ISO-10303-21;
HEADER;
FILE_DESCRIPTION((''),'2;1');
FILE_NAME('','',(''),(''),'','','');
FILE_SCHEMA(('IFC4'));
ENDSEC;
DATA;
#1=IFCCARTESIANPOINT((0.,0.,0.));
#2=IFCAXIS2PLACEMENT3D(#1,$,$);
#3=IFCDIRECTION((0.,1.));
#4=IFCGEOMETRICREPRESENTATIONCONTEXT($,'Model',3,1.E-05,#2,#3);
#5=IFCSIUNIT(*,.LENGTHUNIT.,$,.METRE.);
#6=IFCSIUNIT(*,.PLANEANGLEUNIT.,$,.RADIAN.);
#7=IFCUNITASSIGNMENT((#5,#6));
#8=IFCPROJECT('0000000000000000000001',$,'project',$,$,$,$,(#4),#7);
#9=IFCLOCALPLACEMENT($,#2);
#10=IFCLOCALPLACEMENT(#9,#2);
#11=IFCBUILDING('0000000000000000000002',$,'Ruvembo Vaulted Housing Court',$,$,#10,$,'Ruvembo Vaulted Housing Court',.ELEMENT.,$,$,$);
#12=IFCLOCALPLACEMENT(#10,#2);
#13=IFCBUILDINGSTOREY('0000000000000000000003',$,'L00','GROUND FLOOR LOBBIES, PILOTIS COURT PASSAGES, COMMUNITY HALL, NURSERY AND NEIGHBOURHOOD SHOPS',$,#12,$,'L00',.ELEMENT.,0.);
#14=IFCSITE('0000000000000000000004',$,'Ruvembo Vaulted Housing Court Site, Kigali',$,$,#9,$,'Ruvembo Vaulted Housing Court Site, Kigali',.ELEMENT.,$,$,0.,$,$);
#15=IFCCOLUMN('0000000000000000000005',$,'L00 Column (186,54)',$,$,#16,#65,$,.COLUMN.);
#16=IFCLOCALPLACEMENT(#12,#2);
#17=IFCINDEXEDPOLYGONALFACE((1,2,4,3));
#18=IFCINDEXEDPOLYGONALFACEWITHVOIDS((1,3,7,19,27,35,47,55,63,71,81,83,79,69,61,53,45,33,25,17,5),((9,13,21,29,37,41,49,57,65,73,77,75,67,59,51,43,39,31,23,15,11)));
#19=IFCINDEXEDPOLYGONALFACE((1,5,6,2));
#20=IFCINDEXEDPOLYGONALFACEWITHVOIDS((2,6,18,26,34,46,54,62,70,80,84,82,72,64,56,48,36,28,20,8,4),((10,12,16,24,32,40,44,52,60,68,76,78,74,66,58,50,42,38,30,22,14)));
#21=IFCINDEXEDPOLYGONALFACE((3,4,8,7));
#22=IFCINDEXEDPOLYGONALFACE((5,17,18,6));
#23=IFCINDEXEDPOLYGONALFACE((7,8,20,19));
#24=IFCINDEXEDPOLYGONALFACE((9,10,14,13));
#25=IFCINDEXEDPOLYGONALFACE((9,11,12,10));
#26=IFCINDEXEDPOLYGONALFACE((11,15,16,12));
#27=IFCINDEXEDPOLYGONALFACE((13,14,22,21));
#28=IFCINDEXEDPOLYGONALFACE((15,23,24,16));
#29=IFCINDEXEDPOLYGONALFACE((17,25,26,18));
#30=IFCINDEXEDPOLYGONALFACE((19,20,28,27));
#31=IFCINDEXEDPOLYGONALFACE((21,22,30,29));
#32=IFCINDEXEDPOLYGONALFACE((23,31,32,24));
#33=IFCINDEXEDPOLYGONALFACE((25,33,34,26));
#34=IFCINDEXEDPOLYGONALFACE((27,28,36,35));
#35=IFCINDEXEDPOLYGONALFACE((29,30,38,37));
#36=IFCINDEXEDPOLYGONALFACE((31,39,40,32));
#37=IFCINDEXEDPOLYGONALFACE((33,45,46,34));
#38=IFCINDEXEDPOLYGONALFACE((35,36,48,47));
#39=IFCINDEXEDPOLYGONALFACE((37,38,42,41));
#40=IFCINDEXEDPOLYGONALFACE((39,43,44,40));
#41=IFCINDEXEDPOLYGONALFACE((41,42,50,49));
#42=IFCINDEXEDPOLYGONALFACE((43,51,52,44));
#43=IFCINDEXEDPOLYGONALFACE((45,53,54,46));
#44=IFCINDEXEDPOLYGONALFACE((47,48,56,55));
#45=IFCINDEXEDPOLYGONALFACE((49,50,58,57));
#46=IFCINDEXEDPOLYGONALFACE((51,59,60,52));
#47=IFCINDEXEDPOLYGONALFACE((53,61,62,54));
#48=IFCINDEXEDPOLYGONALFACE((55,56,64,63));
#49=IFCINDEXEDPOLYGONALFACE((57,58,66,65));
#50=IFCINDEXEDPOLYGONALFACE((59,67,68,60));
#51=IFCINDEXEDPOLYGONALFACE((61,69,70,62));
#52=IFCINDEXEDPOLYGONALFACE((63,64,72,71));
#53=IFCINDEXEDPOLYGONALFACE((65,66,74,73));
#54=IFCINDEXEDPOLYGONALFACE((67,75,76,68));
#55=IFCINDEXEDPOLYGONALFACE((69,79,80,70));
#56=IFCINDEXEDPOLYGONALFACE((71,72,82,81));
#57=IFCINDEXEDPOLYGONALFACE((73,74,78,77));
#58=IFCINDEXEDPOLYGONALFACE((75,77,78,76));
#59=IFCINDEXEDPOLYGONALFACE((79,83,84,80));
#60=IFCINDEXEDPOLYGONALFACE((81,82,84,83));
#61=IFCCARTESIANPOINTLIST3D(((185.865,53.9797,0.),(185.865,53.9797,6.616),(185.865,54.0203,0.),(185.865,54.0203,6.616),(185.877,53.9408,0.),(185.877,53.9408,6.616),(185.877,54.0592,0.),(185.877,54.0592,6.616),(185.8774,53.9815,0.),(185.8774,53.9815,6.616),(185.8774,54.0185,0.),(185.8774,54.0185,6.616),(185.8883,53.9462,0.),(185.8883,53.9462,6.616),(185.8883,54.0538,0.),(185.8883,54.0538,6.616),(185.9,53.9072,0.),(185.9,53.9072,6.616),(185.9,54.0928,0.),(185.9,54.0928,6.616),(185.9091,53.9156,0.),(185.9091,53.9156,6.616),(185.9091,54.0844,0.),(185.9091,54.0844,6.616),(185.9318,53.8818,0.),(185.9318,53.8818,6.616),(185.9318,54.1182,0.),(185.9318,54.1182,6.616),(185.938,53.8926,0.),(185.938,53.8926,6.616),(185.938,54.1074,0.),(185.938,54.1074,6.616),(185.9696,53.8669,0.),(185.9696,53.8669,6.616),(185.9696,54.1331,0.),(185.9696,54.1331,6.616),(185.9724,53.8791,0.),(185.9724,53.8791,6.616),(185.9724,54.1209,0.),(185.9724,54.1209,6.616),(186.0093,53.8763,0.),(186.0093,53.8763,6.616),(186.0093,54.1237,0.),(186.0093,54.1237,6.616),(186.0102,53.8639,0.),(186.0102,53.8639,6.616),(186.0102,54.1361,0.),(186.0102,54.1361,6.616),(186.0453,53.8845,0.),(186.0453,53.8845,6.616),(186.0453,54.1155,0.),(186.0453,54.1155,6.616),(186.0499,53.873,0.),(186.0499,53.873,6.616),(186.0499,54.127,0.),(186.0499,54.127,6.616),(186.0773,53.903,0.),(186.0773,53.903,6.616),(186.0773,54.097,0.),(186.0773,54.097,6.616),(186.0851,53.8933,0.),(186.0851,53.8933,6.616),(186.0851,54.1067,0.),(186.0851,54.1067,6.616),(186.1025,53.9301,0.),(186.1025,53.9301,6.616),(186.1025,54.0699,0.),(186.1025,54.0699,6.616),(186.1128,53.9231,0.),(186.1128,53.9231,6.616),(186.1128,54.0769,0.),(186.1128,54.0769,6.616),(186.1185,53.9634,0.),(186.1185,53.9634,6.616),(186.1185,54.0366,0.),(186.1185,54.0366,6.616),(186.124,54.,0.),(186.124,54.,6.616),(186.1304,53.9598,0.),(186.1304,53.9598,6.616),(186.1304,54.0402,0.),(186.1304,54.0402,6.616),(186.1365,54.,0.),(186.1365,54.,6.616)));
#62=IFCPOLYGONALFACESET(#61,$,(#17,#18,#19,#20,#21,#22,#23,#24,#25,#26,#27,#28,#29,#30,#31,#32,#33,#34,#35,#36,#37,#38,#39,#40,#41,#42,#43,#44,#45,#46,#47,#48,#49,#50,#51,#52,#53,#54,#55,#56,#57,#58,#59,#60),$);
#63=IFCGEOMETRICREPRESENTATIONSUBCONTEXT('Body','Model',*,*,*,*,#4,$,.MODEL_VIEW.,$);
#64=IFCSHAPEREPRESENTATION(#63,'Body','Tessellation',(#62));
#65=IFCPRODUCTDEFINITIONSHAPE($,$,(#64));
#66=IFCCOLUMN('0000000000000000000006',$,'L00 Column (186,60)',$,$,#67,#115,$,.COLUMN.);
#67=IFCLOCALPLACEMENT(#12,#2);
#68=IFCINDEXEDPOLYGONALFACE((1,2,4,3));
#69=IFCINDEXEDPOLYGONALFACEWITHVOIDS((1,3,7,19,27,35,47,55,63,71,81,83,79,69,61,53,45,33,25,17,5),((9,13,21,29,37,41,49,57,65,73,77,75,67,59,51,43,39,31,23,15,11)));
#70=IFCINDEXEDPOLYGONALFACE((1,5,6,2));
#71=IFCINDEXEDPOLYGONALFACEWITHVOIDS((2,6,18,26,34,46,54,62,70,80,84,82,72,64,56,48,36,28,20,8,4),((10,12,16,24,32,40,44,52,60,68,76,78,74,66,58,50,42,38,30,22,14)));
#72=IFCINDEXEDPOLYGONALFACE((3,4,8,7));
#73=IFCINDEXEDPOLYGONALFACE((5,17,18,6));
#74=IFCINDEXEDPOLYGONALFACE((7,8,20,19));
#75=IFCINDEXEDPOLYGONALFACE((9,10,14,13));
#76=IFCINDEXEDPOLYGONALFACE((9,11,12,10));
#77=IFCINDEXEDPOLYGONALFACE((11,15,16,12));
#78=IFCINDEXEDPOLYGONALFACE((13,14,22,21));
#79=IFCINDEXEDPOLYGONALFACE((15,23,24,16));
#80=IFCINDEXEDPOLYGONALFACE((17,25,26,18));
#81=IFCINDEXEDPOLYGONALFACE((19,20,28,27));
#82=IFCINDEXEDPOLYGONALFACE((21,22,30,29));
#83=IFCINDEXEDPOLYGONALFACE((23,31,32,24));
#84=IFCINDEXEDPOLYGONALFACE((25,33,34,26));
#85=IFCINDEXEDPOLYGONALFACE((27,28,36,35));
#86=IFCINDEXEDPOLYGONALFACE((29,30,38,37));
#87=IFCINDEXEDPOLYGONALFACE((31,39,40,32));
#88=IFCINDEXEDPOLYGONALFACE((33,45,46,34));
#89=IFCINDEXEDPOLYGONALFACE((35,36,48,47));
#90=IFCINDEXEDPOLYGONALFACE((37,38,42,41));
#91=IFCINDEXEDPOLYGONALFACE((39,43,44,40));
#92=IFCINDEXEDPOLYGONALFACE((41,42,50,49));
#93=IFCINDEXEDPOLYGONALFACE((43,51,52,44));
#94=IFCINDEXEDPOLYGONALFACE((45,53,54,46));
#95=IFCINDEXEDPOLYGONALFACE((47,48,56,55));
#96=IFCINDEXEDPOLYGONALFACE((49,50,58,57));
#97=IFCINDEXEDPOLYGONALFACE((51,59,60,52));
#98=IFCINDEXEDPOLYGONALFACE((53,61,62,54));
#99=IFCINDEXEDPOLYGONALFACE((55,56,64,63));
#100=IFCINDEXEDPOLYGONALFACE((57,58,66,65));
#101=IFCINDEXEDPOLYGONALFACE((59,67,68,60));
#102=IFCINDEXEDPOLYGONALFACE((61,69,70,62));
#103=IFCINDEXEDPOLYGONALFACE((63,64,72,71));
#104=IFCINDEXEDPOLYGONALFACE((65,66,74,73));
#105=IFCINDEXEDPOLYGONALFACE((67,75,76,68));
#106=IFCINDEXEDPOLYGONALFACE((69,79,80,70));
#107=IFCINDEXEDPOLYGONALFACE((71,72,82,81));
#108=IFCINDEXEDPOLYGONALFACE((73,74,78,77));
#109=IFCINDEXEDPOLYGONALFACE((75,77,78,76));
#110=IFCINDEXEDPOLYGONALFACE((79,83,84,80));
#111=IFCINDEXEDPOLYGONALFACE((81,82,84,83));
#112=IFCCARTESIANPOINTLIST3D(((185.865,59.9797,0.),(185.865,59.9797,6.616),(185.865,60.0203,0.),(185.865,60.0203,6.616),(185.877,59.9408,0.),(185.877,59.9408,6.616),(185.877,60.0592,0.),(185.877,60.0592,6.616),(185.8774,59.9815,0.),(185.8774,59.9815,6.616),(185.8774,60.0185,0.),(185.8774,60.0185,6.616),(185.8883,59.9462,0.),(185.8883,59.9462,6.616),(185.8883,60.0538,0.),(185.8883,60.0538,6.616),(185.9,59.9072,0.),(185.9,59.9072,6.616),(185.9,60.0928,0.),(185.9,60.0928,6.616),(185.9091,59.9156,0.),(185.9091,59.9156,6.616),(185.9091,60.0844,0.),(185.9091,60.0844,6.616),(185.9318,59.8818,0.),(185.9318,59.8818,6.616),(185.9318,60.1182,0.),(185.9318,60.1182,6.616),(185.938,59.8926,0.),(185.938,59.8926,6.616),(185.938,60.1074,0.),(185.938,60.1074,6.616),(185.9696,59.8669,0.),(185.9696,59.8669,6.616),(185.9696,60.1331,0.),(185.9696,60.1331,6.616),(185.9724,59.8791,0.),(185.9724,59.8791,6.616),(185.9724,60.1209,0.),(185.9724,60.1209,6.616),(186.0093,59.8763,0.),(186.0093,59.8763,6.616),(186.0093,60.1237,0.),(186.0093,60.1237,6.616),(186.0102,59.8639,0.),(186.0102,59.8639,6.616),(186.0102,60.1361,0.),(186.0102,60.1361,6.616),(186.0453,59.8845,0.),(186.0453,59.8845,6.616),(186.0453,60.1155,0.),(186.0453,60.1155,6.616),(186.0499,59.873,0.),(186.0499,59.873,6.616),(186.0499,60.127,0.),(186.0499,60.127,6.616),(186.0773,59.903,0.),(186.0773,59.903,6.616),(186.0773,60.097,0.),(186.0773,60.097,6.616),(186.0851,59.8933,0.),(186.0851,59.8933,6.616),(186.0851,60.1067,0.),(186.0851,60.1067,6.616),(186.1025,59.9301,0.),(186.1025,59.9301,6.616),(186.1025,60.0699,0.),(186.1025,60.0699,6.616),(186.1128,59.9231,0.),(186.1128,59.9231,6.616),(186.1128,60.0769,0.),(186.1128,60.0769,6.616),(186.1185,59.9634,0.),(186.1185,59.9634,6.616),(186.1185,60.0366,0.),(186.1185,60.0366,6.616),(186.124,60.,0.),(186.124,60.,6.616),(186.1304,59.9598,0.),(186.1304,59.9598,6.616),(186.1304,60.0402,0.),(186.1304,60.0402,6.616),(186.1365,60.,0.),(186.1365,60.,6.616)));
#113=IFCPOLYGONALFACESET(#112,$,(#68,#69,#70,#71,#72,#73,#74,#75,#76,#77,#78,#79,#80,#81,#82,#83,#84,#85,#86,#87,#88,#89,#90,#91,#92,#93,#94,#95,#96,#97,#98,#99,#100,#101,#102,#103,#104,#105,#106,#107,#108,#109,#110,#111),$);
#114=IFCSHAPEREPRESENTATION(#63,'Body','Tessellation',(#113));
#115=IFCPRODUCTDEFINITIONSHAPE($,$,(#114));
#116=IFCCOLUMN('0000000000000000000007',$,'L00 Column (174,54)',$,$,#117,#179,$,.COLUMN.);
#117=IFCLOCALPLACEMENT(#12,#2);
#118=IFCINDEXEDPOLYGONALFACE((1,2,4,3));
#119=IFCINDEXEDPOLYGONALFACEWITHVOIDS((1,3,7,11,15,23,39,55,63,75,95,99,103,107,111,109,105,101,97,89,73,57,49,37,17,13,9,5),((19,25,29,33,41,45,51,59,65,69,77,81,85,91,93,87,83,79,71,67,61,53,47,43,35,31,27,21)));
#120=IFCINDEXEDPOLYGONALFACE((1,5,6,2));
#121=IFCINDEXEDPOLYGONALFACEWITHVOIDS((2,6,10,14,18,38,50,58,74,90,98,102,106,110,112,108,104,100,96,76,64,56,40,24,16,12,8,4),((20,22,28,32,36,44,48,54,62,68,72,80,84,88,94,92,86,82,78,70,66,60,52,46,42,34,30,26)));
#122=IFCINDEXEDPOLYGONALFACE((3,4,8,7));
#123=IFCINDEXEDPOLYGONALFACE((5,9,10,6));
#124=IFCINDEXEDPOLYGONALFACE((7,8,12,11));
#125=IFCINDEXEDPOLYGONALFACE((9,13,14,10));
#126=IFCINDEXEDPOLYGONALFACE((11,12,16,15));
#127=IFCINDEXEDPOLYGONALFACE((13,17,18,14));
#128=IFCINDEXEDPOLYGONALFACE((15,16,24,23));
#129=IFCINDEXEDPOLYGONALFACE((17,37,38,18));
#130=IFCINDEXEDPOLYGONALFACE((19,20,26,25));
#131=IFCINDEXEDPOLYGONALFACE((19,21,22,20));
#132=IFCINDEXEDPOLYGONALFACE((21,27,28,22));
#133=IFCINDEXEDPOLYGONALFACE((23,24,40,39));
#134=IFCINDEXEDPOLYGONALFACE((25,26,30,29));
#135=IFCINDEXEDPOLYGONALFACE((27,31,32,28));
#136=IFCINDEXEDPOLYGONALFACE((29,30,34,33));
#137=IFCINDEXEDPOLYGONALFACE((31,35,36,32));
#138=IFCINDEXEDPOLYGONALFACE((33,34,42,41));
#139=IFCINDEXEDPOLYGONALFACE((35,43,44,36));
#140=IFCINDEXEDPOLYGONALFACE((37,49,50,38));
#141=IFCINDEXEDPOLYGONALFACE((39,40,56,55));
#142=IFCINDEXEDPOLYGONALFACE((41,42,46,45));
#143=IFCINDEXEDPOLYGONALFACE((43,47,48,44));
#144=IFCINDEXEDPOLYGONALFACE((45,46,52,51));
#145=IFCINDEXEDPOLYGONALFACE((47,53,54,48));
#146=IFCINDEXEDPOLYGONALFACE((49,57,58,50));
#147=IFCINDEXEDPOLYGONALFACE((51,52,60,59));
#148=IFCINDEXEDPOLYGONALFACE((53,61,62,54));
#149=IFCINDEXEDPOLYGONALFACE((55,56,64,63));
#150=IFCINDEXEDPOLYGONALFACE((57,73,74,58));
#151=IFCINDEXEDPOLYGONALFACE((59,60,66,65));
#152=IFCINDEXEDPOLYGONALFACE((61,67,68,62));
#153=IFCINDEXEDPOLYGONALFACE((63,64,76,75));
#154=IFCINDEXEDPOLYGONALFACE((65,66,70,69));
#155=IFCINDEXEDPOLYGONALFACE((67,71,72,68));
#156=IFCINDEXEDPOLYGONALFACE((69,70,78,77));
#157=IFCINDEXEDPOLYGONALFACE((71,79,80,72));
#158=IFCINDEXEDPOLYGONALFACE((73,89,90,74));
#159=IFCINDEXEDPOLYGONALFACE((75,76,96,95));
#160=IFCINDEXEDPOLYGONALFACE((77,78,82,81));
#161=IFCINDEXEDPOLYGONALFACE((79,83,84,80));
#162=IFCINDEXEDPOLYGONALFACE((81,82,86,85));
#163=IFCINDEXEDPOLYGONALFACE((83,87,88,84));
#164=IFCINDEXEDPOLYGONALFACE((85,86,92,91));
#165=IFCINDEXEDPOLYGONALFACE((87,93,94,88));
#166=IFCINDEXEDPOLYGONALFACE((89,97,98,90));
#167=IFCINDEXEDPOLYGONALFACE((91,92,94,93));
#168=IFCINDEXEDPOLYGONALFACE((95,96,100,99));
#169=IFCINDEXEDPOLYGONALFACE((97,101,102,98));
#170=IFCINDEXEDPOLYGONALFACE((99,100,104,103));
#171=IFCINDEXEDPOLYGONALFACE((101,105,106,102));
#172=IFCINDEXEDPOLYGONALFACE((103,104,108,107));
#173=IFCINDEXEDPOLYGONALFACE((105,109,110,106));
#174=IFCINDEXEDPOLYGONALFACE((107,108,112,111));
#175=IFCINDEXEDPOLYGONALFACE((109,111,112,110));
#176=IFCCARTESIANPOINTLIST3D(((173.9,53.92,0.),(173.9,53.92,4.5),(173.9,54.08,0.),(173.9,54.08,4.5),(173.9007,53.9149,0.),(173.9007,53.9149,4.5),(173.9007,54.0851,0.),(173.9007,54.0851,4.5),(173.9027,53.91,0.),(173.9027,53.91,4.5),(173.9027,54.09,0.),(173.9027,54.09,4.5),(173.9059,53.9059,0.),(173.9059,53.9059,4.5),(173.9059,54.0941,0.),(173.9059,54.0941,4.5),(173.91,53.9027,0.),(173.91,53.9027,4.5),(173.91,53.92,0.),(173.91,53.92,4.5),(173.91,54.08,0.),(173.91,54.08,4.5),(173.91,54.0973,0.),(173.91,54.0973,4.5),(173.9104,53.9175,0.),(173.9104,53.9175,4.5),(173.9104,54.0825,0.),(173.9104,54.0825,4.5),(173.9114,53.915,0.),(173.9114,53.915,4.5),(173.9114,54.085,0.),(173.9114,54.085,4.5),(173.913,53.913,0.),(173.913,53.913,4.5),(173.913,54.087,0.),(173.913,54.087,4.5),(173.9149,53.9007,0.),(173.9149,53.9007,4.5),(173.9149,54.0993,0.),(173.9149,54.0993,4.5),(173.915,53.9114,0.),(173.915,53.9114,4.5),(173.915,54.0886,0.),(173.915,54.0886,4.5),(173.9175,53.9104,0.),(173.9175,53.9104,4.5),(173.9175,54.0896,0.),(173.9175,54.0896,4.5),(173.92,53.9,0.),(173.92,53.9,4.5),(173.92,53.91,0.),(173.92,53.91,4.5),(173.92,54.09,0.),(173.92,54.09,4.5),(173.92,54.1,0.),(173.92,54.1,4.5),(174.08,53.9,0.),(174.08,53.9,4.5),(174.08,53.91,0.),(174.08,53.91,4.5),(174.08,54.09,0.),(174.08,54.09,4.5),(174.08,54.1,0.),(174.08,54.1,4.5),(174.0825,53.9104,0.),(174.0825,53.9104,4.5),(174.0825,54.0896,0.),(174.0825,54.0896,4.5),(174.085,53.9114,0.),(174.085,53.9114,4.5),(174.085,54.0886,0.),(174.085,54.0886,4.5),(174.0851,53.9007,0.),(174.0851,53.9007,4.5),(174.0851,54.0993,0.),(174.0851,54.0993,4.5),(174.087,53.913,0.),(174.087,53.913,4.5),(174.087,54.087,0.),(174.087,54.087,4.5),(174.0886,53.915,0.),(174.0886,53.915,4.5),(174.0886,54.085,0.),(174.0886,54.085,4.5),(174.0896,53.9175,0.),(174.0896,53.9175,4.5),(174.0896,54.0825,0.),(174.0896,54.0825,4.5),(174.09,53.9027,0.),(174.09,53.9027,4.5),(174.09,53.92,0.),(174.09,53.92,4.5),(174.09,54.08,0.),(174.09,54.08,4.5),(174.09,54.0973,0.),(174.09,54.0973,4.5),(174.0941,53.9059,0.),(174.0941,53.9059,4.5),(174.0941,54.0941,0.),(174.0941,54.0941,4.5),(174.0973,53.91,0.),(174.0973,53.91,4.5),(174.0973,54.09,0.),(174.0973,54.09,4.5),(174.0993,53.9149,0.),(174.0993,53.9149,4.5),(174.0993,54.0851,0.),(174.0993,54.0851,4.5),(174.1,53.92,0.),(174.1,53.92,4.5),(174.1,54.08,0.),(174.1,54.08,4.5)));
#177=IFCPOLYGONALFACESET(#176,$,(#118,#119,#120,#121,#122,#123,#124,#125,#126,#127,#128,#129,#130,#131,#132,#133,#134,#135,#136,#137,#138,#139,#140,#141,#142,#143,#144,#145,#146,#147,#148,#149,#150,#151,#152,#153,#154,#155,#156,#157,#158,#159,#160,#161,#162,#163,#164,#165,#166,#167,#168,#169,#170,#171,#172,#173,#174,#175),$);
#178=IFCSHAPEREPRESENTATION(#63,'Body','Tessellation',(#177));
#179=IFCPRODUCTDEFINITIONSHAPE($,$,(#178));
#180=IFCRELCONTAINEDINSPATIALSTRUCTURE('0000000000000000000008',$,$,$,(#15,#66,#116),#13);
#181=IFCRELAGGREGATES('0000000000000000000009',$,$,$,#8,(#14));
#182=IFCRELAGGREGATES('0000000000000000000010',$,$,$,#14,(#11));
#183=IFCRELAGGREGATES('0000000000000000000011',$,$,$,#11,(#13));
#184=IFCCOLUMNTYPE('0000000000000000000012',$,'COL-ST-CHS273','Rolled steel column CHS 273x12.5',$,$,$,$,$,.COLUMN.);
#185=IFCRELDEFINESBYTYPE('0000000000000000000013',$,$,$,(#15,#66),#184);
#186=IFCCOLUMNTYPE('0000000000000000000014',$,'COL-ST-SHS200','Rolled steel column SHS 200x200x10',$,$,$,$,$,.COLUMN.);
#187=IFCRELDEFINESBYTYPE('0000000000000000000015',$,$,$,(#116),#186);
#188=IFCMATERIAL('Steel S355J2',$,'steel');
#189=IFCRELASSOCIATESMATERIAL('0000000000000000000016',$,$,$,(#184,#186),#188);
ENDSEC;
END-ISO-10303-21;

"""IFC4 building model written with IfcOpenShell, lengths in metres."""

from ifc_helpers import new_model, si_unit, direction, frame, origin, origin_2d, place, context, subcontext, project, spatial, hollow_rectangle, hollow_circle, extrude, material, material_profile, profile_set, type_object, element, save


model = new_model("IFC4")

# Units and contexts
model_context = context("Model", 3, precision=1e-05, world=origin(), true_north=direction((0.0, 1.0)))
body_context = subcontext(model_context, "Body", "Model", "MODEL_VIEW")
ifc_project = project(units=[si_unit("LENGTHUNIT", "METRE"), si_unit("PLANEANGLEUNIT", "RADIAN")], contexts=[model_context])

# Site, building, storey
site_placement = place(None, origin())
site = spatial("IfcSite", under=ifc_project, at=site_placement, Name="Ruvembo Vaulted Housing Court Site, Kigali", LongName="Ruvembo Vaulted Housing Court Site, Kigali", CompositionType="ELEMENT", RefElevation=0.0)
building_placement = place(site_placement, origin())
building = spatial("IfcBuilding", under=site, at=building_placement, Name="Ruvembo Vaulted Housing Court", LongName="Ruvembo Vaulted Housing Court", CompositionType="ELEMENT")
storey_placement = place(building_placement, origin())
storey = spatial("IfcBuildingStorey", under=building, at=storey_placement, Name="L00", Description="GROUND FLOOR LOBBIES, PILOTIS COURT PASSAGES, COMMUNITY HALL, NURSERY AND NEIGHBOURHOOD SHOPS", LongName="L00", CompositionType="ELEMENT", Elevation=0.0)

# Columns
ifc_material_1 = material(Name="Steel S355J2", Category="steel")
ifc_material_profile_1 = material_profile(ifc_material_1, hollow_circle(Radius=0.1365, WallThickness=0.0125, at=origin_2d()), Name="CHS 273x12.5")
ifc_profile_set_1 = profile_set([ifc_material_profile_1], Name="Steel S355J2")
column_type_1 = type_object("IfcColumnType", Name="COL-ST-CHS273", Description="Rolled steel column CHS 273x12.5", PredefinedType="COLUMN", material=ifc_profile_set_1)
for number, where, z_axis, x_axis, name in (
    (1, (186.0, 54.0, 0.0), (0.0, 0.0, 1.0), (1.0, 0.0, 0.0), "L00 Column (186,54)"),
    (2, (186.0, 60.0, 0.0), (0.0, 0.0, 1.0), (1.0, 0.0, 0.0), "L00 Column (186,60)"),
):
    element("IfcColumn", number, at=place(storey_placement, frame(where, z_axis=z_axis, x_axis=x_axis)), inside=storey, type_object=column_type_1, Name=name, PredefinedType="COLUMN", context=body_context, shape_type="SweptSolid", body=[
        extrude(hollow_circle(Radius=0.1365, WallThickness=0.0125, at=origin_2d()), origin(), (0.0, 0.0, 1.0), 6.616),
    ])
ifc_material_profile_2 = material_profile(ifc_material_1, hollow_rectangle(XDim=0.2, YDim=0.2, WallThickness=0.01, InnerFilletRadius=0.01, OuterFilletRadius=0.02, at=origin_2d()), Name="SHS 200x200x10")
ifc_profile_set_2 = profile_set([ifc_material_profile_2], Name="Steel S355J2")
column_type_2 = type_object("IfcColumnType", Name="COL-ST-SHS200", Description="Rolled steel column SHS 200x200x10", PredefinedType="COLUMN", material=ifc_profile_set_2)
for number, where, z_axis, x_axis, name in (
    (3, (174.0, 54.0, 0.0), (0.0, 0.0, 1.0), (1.0, 0.0, 0.0), "L00 Column (174,54)"),
):
    element("IfcColumn", number, at=place(storey_placement, frame(where, z_axis=z_axis, x_axis=x_axis)), inside=storey, type_object=column_type_2, Name=name, PredefinedType="COLUMN", context=body_context, shape_type="SweptSolid", body=[
        extrude(hollow_rectangle(XDim=0.2, YDim=0.2, WallThickness=0.01, InnerFilletRadius=0.01, OuterFilletRadius=0.02, at=origin_2d()), origin(), (0.0, 0.0, 1.0), 4.5),
    ])

save(model, "model.ifc")
